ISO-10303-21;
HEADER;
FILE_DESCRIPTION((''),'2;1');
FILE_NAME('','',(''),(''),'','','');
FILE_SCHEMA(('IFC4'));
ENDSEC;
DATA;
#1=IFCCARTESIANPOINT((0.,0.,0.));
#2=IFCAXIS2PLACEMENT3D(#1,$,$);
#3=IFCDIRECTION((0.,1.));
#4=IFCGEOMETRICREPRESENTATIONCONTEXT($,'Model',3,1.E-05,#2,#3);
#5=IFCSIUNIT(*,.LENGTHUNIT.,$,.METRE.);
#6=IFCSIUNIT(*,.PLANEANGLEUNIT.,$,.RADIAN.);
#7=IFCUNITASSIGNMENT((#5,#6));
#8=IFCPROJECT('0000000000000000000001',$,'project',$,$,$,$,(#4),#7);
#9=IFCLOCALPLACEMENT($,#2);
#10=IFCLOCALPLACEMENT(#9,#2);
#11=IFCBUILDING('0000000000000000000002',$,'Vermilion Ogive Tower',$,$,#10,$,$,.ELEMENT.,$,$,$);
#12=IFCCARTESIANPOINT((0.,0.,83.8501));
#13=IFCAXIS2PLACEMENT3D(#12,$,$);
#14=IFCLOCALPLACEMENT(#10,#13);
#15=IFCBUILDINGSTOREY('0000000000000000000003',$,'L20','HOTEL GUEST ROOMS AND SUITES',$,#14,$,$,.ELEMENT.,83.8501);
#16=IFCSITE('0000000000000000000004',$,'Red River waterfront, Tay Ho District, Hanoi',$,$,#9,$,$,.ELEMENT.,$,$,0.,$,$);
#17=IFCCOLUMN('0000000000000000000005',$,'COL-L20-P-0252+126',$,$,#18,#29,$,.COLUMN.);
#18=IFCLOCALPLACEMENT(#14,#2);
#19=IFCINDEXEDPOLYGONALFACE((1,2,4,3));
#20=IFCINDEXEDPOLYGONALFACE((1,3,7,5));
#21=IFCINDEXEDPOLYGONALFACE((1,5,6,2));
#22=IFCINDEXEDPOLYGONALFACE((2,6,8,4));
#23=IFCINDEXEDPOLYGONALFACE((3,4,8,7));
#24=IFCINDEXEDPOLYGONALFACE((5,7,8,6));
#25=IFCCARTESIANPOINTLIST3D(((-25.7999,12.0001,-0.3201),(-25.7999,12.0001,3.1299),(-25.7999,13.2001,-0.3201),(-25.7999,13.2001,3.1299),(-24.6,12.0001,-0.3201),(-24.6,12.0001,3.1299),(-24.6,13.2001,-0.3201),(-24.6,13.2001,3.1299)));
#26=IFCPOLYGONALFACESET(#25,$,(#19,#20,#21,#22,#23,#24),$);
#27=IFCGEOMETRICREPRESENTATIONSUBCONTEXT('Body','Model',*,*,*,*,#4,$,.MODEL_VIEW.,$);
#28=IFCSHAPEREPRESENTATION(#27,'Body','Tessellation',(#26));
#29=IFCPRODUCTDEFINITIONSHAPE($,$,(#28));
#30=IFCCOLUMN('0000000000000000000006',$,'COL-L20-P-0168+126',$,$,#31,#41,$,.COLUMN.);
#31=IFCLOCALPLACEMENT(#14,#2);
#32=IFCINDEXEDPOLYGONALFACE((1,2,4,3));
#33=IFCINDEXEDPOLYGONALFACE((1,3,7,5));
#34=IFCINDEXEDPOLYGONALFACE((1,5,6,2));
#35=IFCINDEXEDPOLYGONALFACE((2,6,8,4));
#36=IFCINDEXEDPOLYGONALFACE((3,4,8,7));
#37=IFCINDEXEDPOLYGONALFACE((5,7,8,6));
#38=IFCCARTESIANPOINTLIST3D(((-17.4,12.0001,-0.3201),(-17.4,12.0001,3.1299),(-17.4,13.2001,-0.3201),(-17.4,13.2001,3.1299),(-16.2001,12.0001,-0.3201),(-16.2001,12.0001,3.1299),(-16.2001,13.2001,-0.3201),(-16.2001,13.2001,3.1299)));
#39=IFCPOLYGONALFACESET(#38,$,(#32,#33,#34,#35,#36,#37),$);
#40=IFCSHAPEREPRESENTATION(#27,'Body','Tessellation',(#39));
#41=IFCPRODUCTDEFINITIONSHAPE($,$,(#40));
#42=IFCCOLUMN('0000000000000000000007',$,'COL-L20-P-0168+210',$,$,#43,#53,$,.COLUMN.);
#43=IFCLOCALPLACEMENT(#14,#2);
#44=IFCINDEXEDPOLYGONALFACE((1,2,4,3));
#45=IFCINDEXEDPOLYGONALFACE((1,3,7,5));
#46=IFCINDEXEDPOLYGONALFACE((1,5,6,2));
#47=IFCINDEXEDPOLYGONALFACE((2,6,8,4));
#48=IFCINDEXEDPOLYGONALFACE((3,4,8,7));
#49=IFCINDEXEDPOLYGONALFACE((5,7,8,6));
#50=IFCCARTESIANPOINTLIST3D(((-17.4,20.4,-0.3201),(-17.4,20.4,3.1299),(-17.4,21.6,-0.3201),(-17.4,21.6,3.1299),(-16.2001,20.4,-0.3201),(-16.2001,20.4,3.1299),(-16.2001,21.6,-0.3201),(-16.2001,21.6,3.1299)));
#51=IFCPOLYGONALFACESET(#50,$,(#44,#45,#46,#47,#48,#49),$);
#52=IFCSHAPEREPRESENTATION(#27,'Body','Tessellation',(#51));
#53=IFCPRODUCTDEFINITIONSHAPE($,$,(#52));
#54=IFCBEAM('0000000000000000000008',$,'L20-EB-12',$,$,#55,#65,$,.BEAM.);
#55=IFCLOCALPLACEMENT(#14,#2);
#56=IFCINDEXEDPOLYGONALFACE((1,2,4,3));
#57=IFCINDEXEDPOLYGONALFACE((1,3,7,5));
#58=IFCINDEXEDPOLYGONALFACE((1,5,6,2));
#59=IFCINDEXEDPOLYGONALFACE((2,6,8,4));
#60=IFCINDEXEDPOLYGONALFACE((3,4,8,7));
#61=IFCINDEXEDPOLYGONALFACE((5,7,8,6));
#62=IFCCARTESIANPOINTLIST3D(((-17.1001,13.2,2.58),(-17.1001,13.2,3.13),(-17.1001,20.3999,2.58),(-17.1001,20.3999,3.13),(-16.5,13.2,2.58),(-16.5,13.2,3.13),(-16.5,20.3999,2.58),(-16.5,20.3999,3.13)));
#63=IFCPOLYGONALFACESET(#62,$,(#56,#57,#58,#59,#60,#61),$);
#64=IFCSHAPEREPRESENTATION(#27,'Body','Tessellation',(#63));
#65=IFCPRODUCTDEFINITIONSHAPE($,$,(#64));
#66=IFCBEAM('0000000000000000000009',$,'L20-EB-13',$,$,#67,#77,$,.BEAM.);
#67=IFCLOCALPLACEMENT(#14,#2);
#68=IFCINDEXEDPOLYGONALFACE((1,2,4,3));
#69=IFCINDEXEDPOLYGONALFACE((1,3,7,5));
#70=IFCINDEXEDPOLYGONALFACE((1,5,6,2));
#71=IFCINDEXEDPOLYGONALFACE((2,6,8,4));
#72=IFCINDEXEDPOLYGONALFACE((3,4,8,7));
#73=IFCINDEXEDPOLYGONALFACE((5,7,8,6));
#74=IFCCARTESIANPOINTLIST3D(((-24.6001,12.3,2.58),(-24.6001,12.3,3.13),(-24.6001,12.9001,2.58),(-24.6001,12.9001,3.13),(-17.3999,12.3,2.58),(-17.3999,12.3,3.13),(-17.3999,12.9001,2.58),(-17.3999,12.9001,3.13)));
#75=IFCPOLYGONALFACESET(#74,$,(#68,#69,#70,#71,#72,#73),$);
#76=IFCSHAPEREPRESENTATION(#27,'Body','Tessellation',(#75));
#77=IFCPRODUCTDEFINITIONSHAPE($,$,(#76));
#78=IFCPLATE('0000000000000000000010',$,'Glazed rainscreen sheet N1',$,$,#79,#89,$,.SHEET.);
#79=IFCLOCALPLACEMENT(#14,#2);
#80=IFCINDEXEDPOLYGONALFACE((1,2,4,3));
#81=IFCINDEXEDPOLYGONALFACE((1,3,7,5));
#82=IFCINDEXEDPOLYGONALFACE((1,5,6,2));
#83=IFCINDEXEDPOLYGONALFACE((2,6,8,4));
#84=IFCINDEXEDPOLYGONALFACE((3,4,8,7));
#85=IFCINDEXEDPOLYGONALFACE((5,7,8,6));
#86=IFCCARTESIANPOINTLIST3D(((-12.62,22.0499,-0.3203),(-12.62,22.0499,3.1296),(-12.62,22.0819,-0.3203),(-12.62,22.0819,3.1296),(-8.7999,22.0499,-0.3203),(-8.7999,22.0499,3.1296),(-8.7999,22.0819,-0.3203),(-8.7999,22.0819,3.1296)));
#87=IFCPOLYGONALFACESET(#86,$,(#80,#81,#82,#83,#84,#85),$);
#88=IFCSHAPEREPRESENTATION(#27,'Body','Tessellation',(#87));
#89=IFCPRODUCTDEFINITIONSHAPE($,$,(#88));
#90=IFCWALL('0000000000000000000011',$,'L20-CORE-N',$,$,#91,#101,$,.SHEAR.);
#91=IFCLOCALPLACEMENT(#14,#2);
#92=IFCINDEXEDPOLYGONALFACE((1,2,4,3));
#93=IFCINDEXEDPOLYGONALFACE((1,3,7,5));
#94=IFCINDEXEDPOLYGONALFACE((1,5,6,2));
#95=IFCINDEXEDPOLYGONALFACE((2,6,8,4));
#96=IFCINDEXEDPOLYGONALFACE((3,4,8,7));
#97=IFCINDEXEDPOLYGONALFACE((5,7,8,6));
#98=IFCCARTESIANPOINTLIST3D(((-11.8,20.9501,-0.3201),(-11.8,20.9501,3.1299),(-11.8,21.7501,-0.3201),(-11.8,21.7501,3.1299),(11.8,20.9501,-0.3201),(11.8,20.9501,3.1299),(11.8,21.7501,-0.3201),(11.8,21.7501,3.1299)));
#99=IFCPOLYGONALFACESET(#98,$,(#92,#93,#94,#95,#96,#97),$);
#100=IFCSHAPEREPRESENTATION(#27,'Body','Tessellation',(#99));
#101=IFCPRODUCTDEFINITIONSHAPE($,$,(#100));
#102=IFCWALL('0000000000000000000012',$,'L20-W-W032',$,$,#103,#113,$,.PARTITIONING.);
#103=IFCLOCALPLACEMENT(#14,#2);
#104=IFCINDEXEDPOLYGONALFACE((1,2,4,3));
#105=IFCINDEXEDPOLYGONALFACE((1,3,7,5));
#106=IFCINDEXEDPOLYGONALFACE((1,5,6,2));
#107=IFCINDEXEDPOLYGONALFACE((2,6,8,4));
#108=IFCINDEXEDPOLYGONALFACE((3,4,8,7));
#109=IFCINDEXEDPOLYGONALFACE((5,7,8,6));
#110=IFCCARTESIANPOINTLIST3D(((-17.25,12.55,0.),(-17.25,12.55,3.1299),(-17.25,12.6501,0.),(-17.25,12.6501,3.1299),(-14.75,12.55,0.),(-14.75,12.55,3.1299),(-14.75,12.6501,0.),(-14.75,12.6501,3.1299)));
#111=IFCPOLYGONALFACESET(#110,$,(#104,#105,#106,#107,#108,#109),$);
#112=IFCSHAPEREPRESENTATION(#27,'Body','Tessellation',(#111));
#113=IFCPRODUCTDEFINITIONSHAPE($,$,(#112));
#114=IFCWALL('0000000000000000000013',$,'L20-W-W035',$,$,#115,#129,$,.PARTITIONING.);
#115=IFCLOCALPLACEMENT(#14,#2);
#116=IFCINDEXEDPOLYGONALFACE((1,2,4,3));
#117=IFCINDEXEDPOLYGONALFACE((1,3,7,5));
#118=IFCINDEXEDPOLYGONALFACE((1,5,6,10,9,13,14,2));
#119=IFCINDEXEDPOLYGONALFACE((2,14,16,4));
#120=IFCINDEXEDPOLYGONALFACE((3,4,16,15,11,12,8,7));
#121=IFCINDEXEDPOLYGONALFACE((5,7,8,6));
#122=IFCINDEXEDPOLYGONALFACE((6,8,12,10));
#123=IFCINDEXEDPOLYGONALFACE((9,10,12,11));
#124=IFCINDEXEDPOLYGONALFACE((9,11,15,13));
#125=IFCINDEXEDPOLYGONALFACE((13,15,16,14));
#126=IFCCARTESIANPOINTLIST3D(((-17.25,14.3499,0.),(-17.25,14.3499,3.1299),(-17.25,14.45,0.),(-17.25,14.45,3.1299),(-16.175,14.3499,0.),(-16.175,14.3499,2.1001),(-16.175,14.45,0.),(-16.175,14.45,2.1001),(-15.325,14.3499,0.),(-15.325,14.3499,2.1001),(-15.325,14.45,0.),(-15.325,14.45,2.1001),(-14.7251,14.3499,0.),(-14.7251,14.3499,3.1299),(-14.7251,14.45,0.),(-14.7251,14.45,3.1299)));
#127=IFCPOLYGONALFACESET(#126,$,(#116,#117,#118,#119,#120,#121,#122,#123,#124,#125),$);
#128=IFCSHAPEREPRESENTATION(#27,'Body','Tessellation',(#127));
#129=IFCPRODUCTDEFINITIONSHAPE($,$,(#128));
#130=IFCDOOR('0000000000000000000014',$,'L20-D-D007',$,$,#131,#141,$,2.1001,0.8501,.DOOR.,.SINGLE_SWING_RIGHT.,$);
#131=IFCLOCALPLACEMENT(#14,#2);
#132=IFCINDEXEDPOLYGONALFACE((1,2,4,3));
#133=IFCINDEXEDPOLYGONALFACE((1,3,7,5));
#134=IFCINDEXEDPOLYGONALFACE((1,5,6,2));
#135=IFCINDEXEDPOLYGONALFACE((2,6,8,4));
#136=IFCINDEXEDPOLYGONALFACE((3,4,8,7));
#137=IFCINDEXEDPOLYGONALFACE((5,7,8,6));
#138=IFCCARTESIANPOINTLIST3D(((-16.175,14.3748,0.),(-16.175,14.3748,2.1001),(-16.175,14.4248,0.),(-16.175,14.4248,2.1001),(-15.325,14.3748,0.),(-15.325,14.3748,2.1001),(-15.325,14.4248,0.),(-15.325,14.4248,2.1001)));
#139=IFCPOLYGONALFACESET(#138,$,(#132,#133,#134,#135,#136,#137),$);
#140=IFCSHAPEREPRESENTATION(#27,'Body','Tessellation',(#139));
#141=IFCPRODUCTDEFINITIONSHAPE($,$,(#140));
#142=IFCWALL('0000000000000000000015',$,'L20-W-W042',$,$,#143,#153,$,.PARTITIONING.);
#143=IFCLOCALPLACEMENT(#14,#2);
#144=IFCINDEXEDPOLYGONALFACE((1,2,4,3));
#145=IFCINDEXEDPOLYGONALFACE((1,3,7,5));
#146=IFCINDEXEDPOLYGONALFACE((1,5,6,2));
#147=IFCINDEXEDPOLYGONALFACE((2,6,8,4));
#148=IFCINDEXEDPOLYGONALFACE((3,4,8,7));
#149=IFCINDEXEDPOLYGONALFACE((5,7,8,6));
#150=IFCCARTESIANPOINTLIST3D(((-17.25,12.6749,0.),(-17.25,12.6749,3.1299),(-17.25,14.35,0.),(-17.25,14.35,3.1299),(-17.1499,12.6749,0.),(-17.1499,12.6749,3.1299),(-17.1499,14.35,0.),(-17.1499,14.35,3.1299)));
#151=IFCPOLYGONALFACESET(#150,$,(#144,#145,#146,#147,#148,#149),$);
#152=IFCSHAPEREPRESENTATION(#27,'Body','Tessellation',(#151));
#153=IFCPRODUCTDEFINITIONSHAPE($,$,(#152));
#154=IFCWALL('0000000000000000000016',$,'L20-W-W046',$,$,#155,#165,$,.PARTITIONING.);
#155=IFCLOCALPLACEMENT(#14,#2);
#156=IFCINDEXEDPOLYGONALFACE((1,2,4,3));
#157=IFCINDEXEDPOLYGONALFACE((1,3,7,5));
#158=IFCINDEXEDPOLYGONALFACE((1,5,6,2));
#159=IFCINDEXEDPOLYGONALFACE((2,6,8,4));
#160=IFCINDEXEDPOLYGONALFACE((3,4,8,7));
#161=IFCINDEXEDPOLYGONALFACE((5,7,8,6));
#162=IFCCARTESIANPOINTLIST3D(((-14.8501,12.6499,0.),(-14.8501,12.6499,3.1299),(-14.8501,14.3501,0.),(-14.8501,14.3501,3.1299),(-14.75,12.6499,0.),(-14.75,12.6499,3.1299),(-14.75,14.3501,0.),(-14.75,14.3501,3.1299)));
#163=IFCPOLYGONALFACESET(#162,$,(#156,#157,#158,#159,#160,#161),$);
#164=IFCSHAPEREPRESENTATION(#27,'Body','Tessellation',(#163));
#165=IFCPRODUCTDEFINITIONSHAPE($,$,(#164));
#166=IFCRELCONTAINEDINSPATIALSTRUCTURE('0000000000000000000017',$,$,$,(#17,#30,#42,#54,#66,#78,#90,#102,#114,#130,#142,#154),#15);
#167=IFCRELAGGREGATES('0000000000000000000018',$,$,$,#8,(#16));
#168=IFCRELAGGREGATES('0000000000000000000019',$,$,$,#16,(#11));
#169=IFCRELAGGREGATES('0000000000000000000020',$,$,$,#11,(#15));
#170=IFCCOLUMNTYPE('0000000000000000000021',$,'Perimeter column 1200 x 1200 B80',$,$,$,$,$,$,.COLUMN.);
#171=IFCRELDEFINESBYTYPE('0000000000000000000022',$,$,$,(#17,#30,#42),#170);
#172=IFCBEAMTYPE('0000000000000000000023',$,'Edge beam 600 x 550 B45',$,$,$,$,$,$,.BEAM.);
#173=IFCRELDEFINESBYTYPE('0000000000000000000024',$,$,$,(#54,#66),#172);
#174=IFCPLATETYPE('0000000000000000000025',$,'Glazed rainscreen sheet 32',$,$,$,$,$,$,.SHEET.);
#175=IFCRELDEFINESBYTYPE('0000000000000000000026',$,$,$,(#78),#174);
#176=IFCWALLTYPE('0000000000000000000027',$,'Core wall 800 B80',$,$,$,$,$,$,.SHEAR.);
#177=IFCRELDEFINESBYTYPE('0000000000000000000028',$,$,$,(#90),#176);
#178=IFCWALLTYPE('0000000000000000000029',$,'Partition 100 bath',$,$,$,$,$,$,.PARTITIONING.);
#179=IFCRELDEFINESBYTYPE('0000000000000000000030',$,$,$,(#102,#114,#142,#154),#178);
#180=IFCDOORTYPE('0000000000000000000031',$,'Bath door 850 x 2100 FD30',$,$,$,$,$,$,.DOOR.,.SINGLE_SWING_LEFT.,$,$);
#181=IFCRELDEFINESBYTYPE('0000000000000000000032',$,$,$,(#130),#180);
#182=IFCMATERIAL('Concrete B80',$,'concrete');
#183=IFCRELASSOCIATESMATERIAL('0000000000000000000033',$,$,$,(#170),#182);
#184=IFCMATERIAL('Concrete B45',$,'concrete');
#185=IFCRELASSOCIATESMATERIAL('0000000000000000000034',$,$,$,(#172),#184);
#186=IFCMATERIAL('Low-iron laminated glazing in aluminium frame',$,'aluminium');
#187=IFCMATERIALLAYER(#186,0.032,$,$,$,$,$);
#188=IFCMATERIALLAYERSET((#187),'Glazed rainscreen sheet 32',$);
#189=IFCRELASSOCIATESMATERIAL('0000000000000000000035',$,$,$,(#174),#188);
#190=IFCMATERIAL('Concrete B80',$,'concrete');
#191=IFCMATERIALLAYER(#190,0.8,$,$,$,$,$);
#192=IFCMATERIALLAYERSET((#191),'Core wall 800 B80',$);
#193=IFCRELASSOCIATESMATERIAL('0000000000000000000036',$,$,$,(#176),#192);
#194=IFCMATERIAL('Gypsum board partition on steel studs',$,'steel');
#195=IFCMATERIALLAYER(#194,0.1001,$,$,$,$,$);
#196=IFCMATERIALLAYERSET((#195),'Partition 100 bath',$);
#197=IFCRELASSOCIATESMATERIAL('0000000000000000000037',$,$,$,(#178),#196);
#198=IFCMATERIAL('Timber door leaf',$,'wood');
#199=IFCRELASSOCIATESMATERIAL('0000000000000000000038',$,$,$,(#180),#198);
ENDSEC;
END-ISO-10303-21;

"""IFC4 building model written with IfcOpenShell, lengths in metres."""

from ifc_helpers import new_model, si_unit, direction, frame, frame_2d, origin, origin_2d, place, context, subcontext, project, spatial, rectangle, extrude, material, layer, layer_set, material_profile, profile_set, type_object, element, fill, save


model = new_model("IFC4")

# Units and contexts
model_context = context("Model", 3, precision=1e-05, world=origin(), true_north=direction((0.0, 1.0)))
body_context = subcontext(model_context, "Body", "Model", "MODEL_VIEW")
ifc_project = project(units=[si_unit("LENGTHUNIT", "METRE"), si_unit("PLANEANGLEUNIT", "RADIAN")], contexts=[model_context])

# Site, building, storey
site_placement = place(None, origin())
site = spatial("IfcSite", under=ifc_project, at=site_placement, Name="Red River waterfront, Tay Ho District, Hanoi", CompositionType="ELEMENT", RefElevation=0.0)
building_placement = place(site_placement, origin())
building = spatial("IfcBuilding", under=site, at=building_placement, Name="Vermilion Ogive Tower", CompositionType="ELEMENT")
storey_placement = place(building_placement, frame((0.0, 0.0, 83.8501)))
storey = spatial("IfcBuildingStorey", under=building, at=storey_placement, Name="L20", Description="HOTEL GUEST ROOMS AND SUITES", CompositionType="ELEMENT", Elevation=83.8501)

# Columns
ifc_material_1 = material(Name="Concrete B80", Category="concrete")
ifc_material_profile_1 = material_profile(ifc_material_1, rectangle(XDim=1.2, YDim=1.2, at=origin_2d()), Name="1200 x 1200")
ifc_profile_set_1 = profile_set([ifc_material_profile_1], Name="Concrete B80")
column_type = type_object("IfcColumnType", Name="Perimeter column 1200 x 1200 B80", PredefinedType="COLUMN", material=ifc_profile_set_1)
for number, where, z_axis, x_axis, name in (
    (1, (-25.2, 12.6001, -0.3201), (0.0, 0.0, 1.0), (1.0, 0.0, 0.0), "COL-L20-P-0252+126"),
    (2, (-16.8, 12.6001, -0.3201), (0.0, 0.0, 1.0), (1.0, 0.0, 0.0), "COL-L20-P-0168+126"),
    (3, (-16.8, 21.0, -0.3201), (0.0, 0.0, 1.0), (1.0, 0.0, 0.0), "COL-L20-P-0168+210"),
):
    element("IfcColumn", number, at=place(storey_placement, frame(where, z_axis=z_axis, x_axis=x_axis)), inside=storey, type_object=column_type, Name=name, PredefinedType="COLUMN", context=body_context, shape_type="SweptSolid", body=[
        extrude(rectangle(XDim=1.2, YDim=1.2, at=origin_2d()), origin(), (0.0, 0.0, 1.0), 3.45),
    ])

# Beams
ifc_material_2 = material(Name="Concrete B45", Category="concrete")
ifc_material_profile_2 = material_profile(ifc_material_2, rectangle(XDim=0.6001, YDim=0.55, at=origin_2d()), Name="600 x 550")
ifc_profile_set_2 = profile_set([ifc_material_profile_2], Name="Concrete B45")
beam_type = type_object("IfcBeamType", Name="Edge beam 600 x 550 B45", PredefinedType="BEAM", material=ifc_profile_set_2)
beam_1_placement = place(storey_placement, frame((-16.8, 20.3999, 2.855), z_axis=(0.0, -1.0, 0.0), x_axis=(1.0, 0.0, 0.0)))
element("IfcBeam", 4, at=beam_1_placement, inside=storey, type_object=beam_type, Name="L20-EB-12", PredefinedType="BEAM", context=body_context, shape_type="SweptSolid", body=[
    extrude(rectangle(XDim=0.6001, YDim=0.55, at=origin_2d()), origin(), (0.0, 0.0, 1.0), 7.2),
])
beam_2_placement = place(storey_placement, frame((-17.3999, 12.6001, 2.855), z_axis=(-1.0, 0.0, 0.0), x_axis=(0.0, -1.0, 0.0)))
element("IfcBeam", 5, at=beam_2_placement, inside=storey, type_object=beam_type, Name="L20-EB-13", PredefinedType="BEAM", context=body_context, shape_type="SweptSolid", body=[
    extrude(rectangle(XDim=0.6001, YDim=0.55, at=origin_2d()), origin(), (0.0, 0.0, 1.0), 7.2002),
])

# Plate
ifc_material_3 = material(Name="Low-iron laminated glazing in aluminium frame", Category="aluminium")
ifc_layer_1 = layer(ifc_material_3, 0.032)
ifc_layer_set_1 = layer_set([ifc_layer_1], Name="Glazed rainscreen sheet 32")
plate_type = type_object("IfcPlateType", Name="Glazed rainscreen sheet 32", PredefinedType="SHEET", material=ifc_layer_set_1)
plate_placement = place(storey_placement, frame((-10.71, 22.0659, -0.3203), z_axis=(0.0, 0.0, 1.0), x_axis=(1.0, 0.0, 0.0)))
element("IfcPlate", 6, at=plate_placement, inside=storey, type_object=plate_type, Name="Glazed rainscreen sheet N1", PredefinedType="SHEET", context=body_context, shape_type="SweptSolid", body=[
    extrude(rectangle(XDim=3.8201, YDim=0.032, at=origin_2d()), origin(), (0.0, 0.0, 1.0), 3.45),
])

# Walls
ifc_material_4 = material(Name="Concrete B80", Category="concrete")
ifc_layer_2 = layer(ifc_material_4, 0.8)
ifc_layer_set_2 = layer_set([ifc_layer_2], Name="Core wall 800 B80")
wall_type_1 = type_object("IfcWallType", Name="Core wall 800 B80", PredefinedType="SHEAR", material=ifc_layer_set_2)
wall_1_placement = place(storey_placement, frame((-11.8, 21.3501, -0.3201), z_axis=(0.0, 0.0, 1.0), x_axis=(1.0, 0.0, 0.0)))
element("IfcWall", 7, at=wall_1_placement, inside=storey, type_object=wall_type_1, Name="L20-CORE-N", PredefinedType="SHEAR", context=body_context, shape_type="SweptSolid", body=[
    extrude(rectangle(XDim=23.6001, YDim=0.8, at=frame_2d((11.8, 0.0))), origin(), (0.0, 0.0, 1.0), 3.45),
])
ifc_material_5 = material(Name="Gypsum board partition on steel studs", Category="steel")
ifc_layer_3 = layer(ifc_material_5, 0.1001)
ifc_layer_set_3 = layer_set([ifc_layer_3], Name="Partition 100 bath")
wall_type_2 = type_object("IfcWallType", Name="Partition 100 bath", PredefinedType="PARTITIONING", material=ifc_layer_set_3)
wall_2_placement = place(storey_placement, frame((-17.25, 12.6001, 0.0), z_axis=(0.0, 0.0, 1.0), x_axis=(1.0, 0.0, 0.0)))
element("IfcWall", 8, at=wall_2_placement, inside=storey, type_object=wall_type_2, Name="L20-W-W032", PredefinedType="PARTITIONING", context=body_context, shape_type="SweptSolid", body=[
    extrude(rectangle(XDim=2.5, YDim=0.1001, at=frame_2d((1.25, 0.0))), origin(), (0.0, 0.0, 1.0), 3.1299),
])

# Wall, opening, door
wall_3_placement = place(storey_placement, frame((-17.25, 14.3999, 0.0), z_axis=(0.0, 0.0, 1.0), x_axis=(1.0, 0.0, 0.0)))
wall_3 = element("IfcWall", 9, at=wall_3_placement, inside=storey, type_object=wall_type_2, Name="L20-W-W035", PredefinedType="PARTITIONING", context=body_context, shape_type="SweptSolid", body=[
    extrude(rectangle(XDim=2.5249, YDim=0.1001, at=frame_2d((1.2625, 0.0))), origin(), (0.0, 0.0, 1.0), 3.1299),
])
opening_1_placement = place(wall_3_placement, frame((1.075, 0.0, 0.0)))
opening_1 = element("IfcOpeningElement", 10, at=opening_1_placement, cuts=wall_3, PredefinedType="OPENING", context=body_context, shape_type="SweptSolid", body=[
    extrude(rectangle(XDim=0.8501, YDim=2.1001, at=frame_2d((0.425, 1.05))), frame((0.0, 0.0601, 0.0), z_axis=(0.0, -1.0, 0.0), x_axis=(1.0, 0.0, 0.0)), (0.0, 0.0, 1.0), 0.1201),
])
ifc_material_6 = material(Name="Timber door leaf", Category="wood")
door_type_1 = type_object("IfcDoorType", Name="Bath door 850 x 2100 FD30", OperationType="SINGLE_SWING_LEFT", PredefinedType="DOOR", material=ifc_material_6)
door_1_placement = place(opening_1_placement, origin())
door_1 = element("IfcDoor", 11, at=door_1_placement, inside=storey, type_object=door_type_1, Name="L20-D-D007", OperationType="SINGLE_SWING_RIGHT", OverallHeight=2.1001, OverallWidth=0.8501, PredefinedType="DOOR", context=body_context, shape_type="SweptSolid", body=[
    extrude(rectangle(XDim=0.8501, YDim=2.1001, at=frame_2d((0.425, 1.05))), frame((0.0, 0.0249, 0.0), z_axis=(0.0, -1.0, 0.0), x_axis=(1.0, 0.0, 0.0)), (0.0, 0.0, 1.0), 0.05),
])
fill(opening_1, door_1)

# Walls
wall_4_placement = place(storey_placement, frame((-17.2, 12.675, 0.0), z_axis=(0.0, 0.0, 1.0), x_axis=(0.0, 1.0, 0.0)))
element("IfcWall", 12, at=wall_4_placement, inside=storey, type_object=wall_type_2, Name="L20-W-W042", PredefinedType="PARTITIONING", context=body_context, shape_type="SweptSolid", body=[
    extrude(rectangle(XDim=1.675, YDim=0.1001, at=frame_2d((0.8374, 0.0))), origin(), (0.0, 0.0, 1.0), 3.1299),
])
wall_5_placement = place(storey_placement, frame((-14.8, 12.6499, 0.0), z_axis=(0.0, 0.0, 1.0), x_axis=(0.0, 1.0, 0.0)))
element("IfcWall", 13, at=wall_5_placement, inside=storey, type_object=wall_type_2, Name="L20-W-W046", PredefinedType="PARTITIONING", context=body_context, shape_type="SweptSolid", body=[
    extrude(rectangle(XDim=1.7002, YDim=0.1001, at=frame_2d((0.8501, 0.0))), origin(), (0.0, 0.0, 1.0), 3.1299),
])

save(model, "model.ifc")
